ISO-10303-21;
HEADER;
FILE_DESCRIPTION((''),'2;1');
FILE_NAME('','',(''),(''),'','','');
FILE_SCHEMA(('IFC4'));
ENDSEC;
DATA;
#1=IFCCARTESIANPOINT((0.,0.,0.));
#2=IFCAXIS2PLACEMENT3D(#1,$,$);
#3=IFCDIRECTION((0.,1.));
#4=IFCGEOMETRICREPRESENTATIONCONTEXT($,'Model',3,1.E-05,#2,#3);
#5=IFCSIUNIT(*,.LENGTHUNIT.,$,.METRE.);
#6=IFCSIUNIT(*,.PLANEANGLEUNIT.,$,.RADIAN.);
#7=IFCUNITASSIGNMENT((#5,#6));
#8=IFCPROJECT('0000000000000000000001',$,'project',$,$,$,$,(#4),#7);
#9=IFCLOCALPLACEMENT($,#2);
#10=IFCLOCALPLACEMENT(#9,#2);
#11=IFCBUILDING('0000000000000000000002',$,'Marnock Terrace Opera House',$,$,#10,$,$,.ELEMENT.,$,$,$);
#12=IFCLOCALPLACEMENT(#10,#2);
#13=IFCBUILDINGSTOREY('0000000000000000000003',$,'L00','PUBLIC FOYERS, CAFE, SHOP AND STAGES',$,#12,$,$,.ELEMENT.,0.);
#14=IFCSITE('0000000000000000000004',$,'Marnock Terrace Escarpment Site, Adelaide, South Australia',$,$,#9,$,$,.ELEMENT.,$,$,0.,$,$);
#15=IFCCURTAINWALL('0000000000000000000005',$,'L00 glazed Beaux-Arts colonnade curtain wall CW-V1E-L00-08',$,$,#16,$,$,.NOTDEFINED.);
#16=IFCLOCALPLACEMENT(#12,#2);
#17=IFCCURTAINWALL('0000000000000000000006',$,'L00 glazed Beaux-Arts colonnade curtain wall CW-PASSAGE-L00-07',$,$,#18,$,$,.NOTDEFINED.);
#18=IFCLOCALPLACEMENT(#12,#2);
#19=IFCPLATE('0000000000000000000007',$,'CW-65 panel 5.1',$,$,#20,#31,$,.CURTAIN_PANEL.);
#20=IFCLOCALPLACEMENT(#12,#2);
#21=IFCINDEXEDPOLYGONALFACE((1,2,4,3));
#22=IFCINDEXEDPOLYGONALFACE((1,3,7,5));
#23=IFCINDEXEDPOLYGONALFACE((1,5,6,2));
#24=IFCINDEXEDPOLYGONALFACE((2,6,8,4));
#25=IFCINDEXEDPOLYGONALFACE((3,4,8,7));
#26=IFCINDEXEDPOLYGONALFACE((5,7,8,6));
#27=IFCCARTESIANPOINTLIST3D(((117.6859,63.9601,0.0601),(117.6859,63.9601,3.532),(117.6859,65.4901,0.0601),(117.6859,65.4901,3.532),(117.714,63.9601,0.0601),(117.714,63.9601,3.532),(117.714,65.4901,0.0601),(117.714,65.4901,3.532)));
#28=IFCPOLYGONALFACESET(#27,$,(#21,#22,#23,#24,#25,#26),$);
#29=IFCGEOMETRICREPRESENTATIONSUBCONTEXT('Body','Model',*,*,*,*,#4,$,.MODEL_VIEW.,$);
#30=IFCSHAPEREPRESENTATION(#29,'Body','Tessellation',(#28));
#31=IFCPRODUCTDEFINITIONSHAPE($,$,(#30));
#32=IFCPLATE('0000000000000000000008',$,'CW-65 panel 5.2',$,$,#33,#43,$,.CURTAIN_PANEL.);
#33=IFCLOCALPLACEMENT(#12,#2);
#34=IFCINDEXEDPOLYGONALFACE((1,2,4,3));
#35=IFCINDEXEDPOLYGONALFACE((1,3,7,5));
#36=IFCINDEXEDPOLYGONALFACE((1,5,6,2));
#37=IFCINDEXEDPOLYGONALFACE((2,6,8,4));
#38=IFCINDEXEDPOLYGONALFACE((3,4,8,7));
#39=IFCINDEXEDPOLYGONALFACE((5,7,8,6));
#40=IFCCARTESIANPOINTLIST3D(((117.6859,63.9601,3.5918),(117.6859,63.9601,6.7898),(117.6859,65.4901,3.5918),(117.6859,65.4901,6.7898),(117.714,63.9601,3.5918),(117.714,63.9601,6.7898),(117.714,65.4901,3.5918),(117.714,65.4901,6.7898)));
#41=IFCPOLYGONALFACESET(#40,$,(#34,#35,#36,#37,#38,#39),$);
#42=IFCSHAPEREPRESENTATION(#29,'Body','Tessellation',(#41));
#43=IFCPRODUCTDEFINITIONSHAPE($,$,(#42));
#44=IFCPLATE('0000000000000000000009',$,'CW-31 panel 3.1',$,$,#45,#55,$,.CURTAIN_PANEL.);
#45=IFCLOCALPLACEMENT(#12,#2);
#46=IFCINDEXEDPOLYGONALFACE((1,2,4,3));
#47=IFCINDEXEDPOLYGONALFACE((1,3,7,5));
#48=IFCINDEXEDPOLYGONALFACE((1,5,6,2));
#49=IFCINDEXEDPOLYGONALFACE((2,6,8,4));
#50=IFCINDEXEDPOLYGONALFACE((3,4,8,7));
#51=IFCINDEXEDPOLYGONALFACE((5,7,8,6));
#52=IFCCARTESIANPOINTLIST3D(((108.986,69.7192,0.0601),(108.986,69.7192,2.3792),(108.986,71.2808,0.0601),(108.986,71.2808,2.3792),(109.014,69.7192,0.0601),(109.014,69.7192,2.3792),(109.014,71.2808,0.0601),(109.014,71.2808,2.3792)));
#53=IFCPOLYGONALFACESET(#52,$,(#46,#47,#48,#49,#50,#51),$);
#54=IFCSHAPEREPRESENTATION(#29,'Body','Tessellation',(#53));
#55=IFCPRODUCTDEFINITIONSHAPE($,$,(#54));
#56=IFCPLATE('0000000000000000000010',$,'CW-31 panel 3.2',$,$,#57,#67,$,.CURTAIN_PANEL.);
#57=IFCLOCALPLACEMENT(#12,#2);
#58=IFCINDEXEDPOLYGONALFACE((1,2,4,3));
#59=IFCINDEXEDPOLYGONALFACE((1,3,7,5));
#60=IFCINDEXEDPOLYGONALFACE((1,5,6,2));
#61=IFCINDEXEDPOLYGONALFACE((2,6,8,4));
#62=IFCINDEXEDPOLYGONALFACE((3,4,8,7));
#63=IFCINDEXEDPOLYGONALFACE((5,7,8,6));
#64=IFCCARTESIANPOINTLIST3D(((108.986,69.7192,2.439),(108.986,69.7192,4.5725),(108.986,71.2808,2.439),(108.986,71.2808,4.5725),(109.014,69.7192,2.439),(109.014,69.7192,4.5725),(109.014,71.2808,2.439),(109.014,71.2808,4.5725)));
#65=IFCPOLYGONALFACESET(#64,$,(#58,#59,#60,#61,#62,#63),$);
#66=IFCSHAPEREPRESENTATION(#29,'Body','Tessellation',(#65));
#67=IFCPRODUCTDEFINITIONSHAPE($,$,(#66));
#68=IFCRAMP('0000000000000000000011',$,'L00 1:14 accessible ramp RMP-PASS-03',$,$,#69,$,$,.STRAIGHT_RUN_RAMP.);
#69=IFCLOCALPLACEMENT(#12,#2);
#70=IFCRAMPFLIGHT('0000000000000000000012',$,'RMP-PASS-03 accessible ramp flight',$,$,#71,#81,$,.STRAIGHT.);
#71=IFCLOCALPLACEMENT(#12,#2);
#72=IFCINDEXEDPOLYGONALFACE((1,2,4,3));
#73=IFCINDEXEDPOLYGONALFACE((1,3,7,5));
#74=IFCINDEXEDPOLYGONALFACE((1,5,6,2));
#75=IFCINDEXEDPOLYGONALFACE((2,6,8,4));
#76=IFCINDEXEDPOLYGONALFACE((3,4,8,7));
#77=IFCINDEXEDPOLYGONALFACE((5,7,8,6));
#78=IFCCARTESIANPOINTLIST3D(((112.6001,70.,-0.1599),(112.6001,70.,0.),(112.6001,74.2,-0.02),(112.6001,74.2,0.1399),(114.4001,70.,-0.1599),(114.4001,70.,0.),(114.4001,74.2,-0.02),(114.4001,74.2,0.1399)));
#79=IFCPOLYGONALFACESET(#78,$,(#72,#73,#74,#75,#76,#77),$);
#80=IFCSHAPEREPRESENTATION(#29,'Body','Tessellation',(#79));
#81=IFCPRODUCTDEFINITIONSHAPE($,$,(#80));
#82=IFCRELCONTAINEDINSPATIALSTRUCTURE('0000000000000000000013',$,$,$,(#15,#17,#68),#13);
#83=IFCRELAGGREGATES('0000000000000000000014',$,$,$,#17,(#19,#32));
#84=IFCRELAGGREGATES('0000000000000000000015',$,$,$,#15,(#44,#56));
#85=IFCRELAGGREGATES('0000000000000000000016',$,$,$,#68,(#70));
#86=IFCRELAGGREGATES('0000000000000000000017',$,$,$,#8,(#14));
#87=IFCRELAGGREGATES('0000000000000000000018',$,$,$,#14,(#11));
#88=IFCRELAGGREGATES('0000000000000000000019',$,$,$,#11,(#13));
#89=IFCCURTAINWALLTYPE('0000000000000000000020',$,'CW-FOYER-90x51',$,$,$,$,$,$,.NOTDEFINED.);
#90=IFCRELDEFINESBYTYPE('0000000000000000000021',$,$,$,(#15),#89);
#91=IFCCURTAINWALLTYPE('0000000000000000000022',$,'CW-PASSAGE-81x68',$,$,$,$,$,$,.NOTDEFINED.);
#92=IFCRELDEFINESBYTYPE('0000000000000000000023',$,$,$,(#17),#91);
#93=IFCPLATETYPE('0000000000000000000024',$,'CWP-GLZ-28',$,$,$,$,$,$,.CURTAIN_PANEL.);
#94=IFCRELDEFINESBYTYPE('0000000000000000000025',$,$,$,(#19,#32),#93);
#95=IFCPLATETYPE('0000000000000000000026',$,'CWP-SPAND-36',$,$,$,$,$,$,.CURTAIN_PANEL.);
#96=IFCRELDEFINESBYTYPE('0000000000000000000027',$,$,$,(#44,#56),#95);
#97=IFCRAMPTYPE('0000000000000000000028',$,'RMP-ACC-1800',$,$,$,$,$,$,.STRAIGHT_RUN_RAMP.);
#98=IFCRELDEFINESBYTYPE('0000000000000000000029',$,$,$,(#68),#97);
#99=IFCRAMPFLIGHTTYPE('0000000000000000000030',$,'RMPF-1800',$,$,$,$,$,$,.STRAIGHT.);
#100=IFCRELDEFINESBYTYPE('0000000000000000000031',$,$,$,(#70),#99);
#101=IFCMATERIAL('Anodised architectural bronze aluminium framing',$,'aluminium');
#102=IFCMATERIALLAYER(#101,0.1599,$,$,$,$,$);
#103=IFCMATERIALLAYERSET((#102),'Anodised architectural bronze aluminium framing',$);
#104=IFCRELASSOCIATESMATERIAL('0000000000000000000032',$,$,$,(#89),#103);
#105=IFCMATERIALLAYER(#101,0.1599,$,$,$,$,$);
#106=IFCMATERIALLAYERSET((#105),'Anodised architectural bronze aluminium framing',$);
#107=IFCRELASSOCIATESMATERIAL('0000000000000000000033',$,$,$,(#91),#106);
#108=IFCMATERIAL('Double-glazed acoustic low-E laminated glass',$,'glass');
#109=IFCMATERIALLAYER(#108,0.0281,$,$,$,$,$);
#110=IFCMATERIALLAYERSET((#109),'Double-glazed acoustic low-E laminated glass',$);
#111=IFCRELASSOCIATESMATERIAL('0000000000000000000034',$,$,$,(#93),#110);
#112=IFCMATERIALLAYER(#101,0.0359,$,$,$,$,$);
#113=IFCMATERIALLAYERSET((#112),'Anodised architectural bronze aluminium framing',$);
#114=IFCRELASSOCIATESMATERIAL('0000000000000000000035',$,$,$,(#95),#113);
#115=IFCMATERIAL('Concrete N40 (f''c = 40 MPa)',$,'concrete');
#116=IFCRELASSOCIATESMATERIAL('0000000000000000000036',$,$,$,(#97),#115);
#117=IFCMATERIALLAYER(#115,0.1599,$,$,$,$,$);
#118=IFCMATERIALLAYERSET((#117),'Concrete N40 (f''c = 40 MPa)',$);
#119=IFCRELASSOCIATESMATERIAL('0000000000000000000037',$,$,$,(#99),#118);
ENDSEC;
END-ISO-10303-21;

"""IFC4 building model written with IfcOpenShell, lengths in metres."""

from ifc_helpers import new_model, si_unit, direction, frame, origin, origin_2d, place, context, subcontext, project, spatial, polyline, rectangle, outline, extrude, material, layer, layer_set, type_object, element, aggregate, save


model = new_model("IFC4")

# Units and contexts
model_context = context("Model", 3, precision=1e-05, world=origin(), true_north=direction((0.0, 1.0)))
body_context = subcontext(model_context, "Body", "Model", "MODEL_VIEW")
ifc_project = project(units=[si_unit("LENGTHUNIT", "METRE"), si_unit("PLANEANGLEUNIT", "RADIAN")], contexts=[model_context])

# Site, building, storey
site_placement = place(None, origin())
site = spatial("IfcSite", under=ifc_project, at=site_placement, Name="Marnock Terrace Escarpment Site, Adelaide, South Australia", CompositionType="ELEMENT", RefElevation=0.0)
building_placement = place(site_placement, origin())
building = spatial("IfcBuilding", under=site, at=building_placement, Name="Marnock Terrace Opera House", CompositionType="ELEMENT")
storey_placement = place(building_placement, origin())
storey = spatial("IfcBuildingStorey", under=building, at=storey_placement, Name="L00", Description="PUBLIC FOYERS, CAFE, SHOP AND STAGES", CompositionType="ELEMENT", Elevation=0.0)

# Curtain wall
ifc_material_1 = material(Name="Anodised architectural bronze aluminium framing", Category="aluminium")
ifc_layer_1 = layer(ifc_material_1, 0.1599)
ifc_layer_set_1 = layer_set([ifc_layer_1], Name="Anodised architectural bronze aluminium framing")
curtain_wall_type_1 = type_object("IfcCurtainWallType", Name="CW-FOYER-90x51", PredefinedType="NOTDEFINED", material=ifc_layer_set_1)
curtain_wall_1_placement = place(storey_placement, origin())
curtain_wall_1 = element("IfcCurtainWall", 1, at=curtain_wall_1_placement, inside=storey, type_object=curtain_wall_type_1, Name="L00 glazed Beaux-Arts colonnade curtain wall CW-V1E-L00-08", PredefinedType="NOTDEFINED")

# Curtain wall
ifc_layer_2 = layer(ifc_material_1, 0.1599)
ifc_layer_set_2 = layer_set([ifc_layer_2], Name="Anodised architectural bronze aluminium framing")
curtain_wall_type_2 = type_object("IfcCurtainWallType", Name="CW-PASSAGE-81x68", PredefinedType="NOTDEFINED", material=ifc_layer_set_2)
curtain_wall_2_placement = place(storey_placement, origin())
curtain_wall_2 = element("IfcCurtainWall", 2, at=curtain_wall_2_placement, inside=storey, type_object=curtain_wall_type_2, Name="L00 glazed Beaux-Arts colonnade curtain wall CW-PASSAGE-L00-07", PredefinedType="NOTDEFINED")

# Plates
ifc_material_2 = material(Name="Double-glazed acoustic low-E laminated glass", Category="glass")
ifc_layer_3 = layer(ifc_material_2, 0.0281)
ifc_layer_set_3 = layer_set([ifc_layer_3], Name="Double-glazed acoustic low-E laminated glass")
plate_type_1 = type_object("IfcPlateType", Name="CWP-GLZ-28", PredefinedType="CURTAIN_PANEL", material=ifc_layer_set_3)
plate_1_placement = place(storey_placement, frame((117.7, 64.7251, 0.0601), z_axis=(0.0, 0.0, 1.0), x_axis=(0.0, 1.0, 0.0)))
plate_1 = element("IfcPlate", 3, at=plate_1_placement, type_object=plate_type_1, Name="CW-65 panel 5.1", PredefinedType="CURTAIN_PANEL", context=body_context, shape_type="SweptSolid", body=[
    extrude(rectangle(XDim=1.53, YDim=0.0281, at=origin_2d()), origin(), (0.0, 0.0, 1.0), 3.4719),
])
plate_2_placement = place(storey_placement, frame((117.7, 64.7251, 3.5918), z_axis=(0.0, 0.0, 1.0), x_axis=(0.0, 1.0, 0.0)))
plate_2 = element("IfcPlate", 4, at=plate_2_placement, type_object=plate_type_1, Name="CW-65 panel 5.2", PredefinedType="CURTAIN_PANEL", context=body_context, shape_type="SweptSolid", body=[
    extrude(rectangle(XDim=1.53, YDim=0.0281, at=origin_2d()), origin(), (0.0, 0.0, 1.0), 3.198),
])
aggregate(curtain_wall_2, [plate_1, plate_2])
ifc_layer_4 = layer(ifc_material_1, 0.0359)
ifc_layer_set_4 = layer_set([ifc_layer_4], Name="Anodised architectural bronze aluminium framing")
plate_type_2 = type_object("IfcPlateType", Name="CWP-SPAND-36", PredefinedType="CURTAIN_PANEL", material=ifc_layer_set_4)
plate_3_placement = place(storey_placement, frame((109.0, 70.5, 0.0601), z_axis=(0.0, 0.0, 1.0), x_axis=(0.0, 1.0, 0.0)))
plate_3 = element("IfcPlate", 5, at=plate_3_placement, type_object=plate_type_2, Name="CW-31 panel 3.1", PredefinedType="CURTAIN_PANEL", context=body_context, shape_type="SweptSolid", body=[
    extrude(rectangle(XDim=1.5615, YDim=0.0281, at=origin_2d()), origin(), (0.0, 0.0, 1.0), 2.3191),
])
plate_4_placement = place(storey_placement, frame((109.0, 70.5, 2.439), z_axis=(0.0, 0.0, 1.0), x_axis=(0.0, 1.0, 0.0)))
plate_4 = element("IfcPlate", 6, at=plate_4_placement, type_object=plate_type_2, Name="CW-31 panel 3.2", PredefinedType="CURTAIN_PANEL", context=body_context, shape_type="SweptSolid", body=[
    extrude(rectangle(XDim=1.5615, YDim=0.0281, at=origin_2d()), origin(), (0.0, 0.0, 1.0), 2.1335),
])
aggregate(curtain_wall_1, [plate_3, plate_4])

# Ramp, ramp flight
ifc_material_3 = material(Name="Concrete N40 (f'c = 40 MPa)", Category="concrete")
ramp_type = type_object("IfcRampType", Name="RMP-ACC-1800", PredefinedType="STRAIGHT_RUN_RAMP", material=ifc_material_3)
ramp_placement = place(storey_placement, origin())
ramp = element("IfcRamp", 7, at=ramp_placement, inside=storey, type_object=ramp_type, Name="L00 1:14 accessible ramp RMP-PASS-03", PredefinedType="STRAIGHT_RUN_RAMP")
ifc_layer_5 = layer(ifc_material_3, 0.1599)
ifc_layer_set_5 = layer_set([ifc_layer_5], Name="Concrete N40 (f'c = 40 MPa)")
ramp_flight_type = type_object("IfcRampFlightType", Name="RMPF-1800", PredefinedType="STRAIGHT", material=ifc_layer_set_5)
ramp_flight_placement = place(storey_placement, frame((113.5, 70.0, 0.0), z_axis=(0.0, 0.0, 1.0), x_axis=(0.0, 1.0, 0.0)))
ramp_flight = element("IfcRampFlight", 8, at=ramp_flight_placement, type_object=ramp_flight_type, Name="RMP-PASS-03 accessible ramp flight", PredefinedType="STRAIGHT", context=body_context, shape_type="SweptSolid", body=[
    extrude(outline(polyline([(0.0, 0.0), (0.0, -0.1599), (4.2, -0.02), (4.2, 0.1399), (0.0, 0.0)])), frame((0.0, 0.8999, 0.0), z_axis=(0.0, -1.0, 0.0), x_axis=(1.0, 0.0, 0.0)), (0.0, 0.0, 1.0), 1.8),
])
aggregate(ramp, [ramp_flight])

save(model, "model.ifc")
